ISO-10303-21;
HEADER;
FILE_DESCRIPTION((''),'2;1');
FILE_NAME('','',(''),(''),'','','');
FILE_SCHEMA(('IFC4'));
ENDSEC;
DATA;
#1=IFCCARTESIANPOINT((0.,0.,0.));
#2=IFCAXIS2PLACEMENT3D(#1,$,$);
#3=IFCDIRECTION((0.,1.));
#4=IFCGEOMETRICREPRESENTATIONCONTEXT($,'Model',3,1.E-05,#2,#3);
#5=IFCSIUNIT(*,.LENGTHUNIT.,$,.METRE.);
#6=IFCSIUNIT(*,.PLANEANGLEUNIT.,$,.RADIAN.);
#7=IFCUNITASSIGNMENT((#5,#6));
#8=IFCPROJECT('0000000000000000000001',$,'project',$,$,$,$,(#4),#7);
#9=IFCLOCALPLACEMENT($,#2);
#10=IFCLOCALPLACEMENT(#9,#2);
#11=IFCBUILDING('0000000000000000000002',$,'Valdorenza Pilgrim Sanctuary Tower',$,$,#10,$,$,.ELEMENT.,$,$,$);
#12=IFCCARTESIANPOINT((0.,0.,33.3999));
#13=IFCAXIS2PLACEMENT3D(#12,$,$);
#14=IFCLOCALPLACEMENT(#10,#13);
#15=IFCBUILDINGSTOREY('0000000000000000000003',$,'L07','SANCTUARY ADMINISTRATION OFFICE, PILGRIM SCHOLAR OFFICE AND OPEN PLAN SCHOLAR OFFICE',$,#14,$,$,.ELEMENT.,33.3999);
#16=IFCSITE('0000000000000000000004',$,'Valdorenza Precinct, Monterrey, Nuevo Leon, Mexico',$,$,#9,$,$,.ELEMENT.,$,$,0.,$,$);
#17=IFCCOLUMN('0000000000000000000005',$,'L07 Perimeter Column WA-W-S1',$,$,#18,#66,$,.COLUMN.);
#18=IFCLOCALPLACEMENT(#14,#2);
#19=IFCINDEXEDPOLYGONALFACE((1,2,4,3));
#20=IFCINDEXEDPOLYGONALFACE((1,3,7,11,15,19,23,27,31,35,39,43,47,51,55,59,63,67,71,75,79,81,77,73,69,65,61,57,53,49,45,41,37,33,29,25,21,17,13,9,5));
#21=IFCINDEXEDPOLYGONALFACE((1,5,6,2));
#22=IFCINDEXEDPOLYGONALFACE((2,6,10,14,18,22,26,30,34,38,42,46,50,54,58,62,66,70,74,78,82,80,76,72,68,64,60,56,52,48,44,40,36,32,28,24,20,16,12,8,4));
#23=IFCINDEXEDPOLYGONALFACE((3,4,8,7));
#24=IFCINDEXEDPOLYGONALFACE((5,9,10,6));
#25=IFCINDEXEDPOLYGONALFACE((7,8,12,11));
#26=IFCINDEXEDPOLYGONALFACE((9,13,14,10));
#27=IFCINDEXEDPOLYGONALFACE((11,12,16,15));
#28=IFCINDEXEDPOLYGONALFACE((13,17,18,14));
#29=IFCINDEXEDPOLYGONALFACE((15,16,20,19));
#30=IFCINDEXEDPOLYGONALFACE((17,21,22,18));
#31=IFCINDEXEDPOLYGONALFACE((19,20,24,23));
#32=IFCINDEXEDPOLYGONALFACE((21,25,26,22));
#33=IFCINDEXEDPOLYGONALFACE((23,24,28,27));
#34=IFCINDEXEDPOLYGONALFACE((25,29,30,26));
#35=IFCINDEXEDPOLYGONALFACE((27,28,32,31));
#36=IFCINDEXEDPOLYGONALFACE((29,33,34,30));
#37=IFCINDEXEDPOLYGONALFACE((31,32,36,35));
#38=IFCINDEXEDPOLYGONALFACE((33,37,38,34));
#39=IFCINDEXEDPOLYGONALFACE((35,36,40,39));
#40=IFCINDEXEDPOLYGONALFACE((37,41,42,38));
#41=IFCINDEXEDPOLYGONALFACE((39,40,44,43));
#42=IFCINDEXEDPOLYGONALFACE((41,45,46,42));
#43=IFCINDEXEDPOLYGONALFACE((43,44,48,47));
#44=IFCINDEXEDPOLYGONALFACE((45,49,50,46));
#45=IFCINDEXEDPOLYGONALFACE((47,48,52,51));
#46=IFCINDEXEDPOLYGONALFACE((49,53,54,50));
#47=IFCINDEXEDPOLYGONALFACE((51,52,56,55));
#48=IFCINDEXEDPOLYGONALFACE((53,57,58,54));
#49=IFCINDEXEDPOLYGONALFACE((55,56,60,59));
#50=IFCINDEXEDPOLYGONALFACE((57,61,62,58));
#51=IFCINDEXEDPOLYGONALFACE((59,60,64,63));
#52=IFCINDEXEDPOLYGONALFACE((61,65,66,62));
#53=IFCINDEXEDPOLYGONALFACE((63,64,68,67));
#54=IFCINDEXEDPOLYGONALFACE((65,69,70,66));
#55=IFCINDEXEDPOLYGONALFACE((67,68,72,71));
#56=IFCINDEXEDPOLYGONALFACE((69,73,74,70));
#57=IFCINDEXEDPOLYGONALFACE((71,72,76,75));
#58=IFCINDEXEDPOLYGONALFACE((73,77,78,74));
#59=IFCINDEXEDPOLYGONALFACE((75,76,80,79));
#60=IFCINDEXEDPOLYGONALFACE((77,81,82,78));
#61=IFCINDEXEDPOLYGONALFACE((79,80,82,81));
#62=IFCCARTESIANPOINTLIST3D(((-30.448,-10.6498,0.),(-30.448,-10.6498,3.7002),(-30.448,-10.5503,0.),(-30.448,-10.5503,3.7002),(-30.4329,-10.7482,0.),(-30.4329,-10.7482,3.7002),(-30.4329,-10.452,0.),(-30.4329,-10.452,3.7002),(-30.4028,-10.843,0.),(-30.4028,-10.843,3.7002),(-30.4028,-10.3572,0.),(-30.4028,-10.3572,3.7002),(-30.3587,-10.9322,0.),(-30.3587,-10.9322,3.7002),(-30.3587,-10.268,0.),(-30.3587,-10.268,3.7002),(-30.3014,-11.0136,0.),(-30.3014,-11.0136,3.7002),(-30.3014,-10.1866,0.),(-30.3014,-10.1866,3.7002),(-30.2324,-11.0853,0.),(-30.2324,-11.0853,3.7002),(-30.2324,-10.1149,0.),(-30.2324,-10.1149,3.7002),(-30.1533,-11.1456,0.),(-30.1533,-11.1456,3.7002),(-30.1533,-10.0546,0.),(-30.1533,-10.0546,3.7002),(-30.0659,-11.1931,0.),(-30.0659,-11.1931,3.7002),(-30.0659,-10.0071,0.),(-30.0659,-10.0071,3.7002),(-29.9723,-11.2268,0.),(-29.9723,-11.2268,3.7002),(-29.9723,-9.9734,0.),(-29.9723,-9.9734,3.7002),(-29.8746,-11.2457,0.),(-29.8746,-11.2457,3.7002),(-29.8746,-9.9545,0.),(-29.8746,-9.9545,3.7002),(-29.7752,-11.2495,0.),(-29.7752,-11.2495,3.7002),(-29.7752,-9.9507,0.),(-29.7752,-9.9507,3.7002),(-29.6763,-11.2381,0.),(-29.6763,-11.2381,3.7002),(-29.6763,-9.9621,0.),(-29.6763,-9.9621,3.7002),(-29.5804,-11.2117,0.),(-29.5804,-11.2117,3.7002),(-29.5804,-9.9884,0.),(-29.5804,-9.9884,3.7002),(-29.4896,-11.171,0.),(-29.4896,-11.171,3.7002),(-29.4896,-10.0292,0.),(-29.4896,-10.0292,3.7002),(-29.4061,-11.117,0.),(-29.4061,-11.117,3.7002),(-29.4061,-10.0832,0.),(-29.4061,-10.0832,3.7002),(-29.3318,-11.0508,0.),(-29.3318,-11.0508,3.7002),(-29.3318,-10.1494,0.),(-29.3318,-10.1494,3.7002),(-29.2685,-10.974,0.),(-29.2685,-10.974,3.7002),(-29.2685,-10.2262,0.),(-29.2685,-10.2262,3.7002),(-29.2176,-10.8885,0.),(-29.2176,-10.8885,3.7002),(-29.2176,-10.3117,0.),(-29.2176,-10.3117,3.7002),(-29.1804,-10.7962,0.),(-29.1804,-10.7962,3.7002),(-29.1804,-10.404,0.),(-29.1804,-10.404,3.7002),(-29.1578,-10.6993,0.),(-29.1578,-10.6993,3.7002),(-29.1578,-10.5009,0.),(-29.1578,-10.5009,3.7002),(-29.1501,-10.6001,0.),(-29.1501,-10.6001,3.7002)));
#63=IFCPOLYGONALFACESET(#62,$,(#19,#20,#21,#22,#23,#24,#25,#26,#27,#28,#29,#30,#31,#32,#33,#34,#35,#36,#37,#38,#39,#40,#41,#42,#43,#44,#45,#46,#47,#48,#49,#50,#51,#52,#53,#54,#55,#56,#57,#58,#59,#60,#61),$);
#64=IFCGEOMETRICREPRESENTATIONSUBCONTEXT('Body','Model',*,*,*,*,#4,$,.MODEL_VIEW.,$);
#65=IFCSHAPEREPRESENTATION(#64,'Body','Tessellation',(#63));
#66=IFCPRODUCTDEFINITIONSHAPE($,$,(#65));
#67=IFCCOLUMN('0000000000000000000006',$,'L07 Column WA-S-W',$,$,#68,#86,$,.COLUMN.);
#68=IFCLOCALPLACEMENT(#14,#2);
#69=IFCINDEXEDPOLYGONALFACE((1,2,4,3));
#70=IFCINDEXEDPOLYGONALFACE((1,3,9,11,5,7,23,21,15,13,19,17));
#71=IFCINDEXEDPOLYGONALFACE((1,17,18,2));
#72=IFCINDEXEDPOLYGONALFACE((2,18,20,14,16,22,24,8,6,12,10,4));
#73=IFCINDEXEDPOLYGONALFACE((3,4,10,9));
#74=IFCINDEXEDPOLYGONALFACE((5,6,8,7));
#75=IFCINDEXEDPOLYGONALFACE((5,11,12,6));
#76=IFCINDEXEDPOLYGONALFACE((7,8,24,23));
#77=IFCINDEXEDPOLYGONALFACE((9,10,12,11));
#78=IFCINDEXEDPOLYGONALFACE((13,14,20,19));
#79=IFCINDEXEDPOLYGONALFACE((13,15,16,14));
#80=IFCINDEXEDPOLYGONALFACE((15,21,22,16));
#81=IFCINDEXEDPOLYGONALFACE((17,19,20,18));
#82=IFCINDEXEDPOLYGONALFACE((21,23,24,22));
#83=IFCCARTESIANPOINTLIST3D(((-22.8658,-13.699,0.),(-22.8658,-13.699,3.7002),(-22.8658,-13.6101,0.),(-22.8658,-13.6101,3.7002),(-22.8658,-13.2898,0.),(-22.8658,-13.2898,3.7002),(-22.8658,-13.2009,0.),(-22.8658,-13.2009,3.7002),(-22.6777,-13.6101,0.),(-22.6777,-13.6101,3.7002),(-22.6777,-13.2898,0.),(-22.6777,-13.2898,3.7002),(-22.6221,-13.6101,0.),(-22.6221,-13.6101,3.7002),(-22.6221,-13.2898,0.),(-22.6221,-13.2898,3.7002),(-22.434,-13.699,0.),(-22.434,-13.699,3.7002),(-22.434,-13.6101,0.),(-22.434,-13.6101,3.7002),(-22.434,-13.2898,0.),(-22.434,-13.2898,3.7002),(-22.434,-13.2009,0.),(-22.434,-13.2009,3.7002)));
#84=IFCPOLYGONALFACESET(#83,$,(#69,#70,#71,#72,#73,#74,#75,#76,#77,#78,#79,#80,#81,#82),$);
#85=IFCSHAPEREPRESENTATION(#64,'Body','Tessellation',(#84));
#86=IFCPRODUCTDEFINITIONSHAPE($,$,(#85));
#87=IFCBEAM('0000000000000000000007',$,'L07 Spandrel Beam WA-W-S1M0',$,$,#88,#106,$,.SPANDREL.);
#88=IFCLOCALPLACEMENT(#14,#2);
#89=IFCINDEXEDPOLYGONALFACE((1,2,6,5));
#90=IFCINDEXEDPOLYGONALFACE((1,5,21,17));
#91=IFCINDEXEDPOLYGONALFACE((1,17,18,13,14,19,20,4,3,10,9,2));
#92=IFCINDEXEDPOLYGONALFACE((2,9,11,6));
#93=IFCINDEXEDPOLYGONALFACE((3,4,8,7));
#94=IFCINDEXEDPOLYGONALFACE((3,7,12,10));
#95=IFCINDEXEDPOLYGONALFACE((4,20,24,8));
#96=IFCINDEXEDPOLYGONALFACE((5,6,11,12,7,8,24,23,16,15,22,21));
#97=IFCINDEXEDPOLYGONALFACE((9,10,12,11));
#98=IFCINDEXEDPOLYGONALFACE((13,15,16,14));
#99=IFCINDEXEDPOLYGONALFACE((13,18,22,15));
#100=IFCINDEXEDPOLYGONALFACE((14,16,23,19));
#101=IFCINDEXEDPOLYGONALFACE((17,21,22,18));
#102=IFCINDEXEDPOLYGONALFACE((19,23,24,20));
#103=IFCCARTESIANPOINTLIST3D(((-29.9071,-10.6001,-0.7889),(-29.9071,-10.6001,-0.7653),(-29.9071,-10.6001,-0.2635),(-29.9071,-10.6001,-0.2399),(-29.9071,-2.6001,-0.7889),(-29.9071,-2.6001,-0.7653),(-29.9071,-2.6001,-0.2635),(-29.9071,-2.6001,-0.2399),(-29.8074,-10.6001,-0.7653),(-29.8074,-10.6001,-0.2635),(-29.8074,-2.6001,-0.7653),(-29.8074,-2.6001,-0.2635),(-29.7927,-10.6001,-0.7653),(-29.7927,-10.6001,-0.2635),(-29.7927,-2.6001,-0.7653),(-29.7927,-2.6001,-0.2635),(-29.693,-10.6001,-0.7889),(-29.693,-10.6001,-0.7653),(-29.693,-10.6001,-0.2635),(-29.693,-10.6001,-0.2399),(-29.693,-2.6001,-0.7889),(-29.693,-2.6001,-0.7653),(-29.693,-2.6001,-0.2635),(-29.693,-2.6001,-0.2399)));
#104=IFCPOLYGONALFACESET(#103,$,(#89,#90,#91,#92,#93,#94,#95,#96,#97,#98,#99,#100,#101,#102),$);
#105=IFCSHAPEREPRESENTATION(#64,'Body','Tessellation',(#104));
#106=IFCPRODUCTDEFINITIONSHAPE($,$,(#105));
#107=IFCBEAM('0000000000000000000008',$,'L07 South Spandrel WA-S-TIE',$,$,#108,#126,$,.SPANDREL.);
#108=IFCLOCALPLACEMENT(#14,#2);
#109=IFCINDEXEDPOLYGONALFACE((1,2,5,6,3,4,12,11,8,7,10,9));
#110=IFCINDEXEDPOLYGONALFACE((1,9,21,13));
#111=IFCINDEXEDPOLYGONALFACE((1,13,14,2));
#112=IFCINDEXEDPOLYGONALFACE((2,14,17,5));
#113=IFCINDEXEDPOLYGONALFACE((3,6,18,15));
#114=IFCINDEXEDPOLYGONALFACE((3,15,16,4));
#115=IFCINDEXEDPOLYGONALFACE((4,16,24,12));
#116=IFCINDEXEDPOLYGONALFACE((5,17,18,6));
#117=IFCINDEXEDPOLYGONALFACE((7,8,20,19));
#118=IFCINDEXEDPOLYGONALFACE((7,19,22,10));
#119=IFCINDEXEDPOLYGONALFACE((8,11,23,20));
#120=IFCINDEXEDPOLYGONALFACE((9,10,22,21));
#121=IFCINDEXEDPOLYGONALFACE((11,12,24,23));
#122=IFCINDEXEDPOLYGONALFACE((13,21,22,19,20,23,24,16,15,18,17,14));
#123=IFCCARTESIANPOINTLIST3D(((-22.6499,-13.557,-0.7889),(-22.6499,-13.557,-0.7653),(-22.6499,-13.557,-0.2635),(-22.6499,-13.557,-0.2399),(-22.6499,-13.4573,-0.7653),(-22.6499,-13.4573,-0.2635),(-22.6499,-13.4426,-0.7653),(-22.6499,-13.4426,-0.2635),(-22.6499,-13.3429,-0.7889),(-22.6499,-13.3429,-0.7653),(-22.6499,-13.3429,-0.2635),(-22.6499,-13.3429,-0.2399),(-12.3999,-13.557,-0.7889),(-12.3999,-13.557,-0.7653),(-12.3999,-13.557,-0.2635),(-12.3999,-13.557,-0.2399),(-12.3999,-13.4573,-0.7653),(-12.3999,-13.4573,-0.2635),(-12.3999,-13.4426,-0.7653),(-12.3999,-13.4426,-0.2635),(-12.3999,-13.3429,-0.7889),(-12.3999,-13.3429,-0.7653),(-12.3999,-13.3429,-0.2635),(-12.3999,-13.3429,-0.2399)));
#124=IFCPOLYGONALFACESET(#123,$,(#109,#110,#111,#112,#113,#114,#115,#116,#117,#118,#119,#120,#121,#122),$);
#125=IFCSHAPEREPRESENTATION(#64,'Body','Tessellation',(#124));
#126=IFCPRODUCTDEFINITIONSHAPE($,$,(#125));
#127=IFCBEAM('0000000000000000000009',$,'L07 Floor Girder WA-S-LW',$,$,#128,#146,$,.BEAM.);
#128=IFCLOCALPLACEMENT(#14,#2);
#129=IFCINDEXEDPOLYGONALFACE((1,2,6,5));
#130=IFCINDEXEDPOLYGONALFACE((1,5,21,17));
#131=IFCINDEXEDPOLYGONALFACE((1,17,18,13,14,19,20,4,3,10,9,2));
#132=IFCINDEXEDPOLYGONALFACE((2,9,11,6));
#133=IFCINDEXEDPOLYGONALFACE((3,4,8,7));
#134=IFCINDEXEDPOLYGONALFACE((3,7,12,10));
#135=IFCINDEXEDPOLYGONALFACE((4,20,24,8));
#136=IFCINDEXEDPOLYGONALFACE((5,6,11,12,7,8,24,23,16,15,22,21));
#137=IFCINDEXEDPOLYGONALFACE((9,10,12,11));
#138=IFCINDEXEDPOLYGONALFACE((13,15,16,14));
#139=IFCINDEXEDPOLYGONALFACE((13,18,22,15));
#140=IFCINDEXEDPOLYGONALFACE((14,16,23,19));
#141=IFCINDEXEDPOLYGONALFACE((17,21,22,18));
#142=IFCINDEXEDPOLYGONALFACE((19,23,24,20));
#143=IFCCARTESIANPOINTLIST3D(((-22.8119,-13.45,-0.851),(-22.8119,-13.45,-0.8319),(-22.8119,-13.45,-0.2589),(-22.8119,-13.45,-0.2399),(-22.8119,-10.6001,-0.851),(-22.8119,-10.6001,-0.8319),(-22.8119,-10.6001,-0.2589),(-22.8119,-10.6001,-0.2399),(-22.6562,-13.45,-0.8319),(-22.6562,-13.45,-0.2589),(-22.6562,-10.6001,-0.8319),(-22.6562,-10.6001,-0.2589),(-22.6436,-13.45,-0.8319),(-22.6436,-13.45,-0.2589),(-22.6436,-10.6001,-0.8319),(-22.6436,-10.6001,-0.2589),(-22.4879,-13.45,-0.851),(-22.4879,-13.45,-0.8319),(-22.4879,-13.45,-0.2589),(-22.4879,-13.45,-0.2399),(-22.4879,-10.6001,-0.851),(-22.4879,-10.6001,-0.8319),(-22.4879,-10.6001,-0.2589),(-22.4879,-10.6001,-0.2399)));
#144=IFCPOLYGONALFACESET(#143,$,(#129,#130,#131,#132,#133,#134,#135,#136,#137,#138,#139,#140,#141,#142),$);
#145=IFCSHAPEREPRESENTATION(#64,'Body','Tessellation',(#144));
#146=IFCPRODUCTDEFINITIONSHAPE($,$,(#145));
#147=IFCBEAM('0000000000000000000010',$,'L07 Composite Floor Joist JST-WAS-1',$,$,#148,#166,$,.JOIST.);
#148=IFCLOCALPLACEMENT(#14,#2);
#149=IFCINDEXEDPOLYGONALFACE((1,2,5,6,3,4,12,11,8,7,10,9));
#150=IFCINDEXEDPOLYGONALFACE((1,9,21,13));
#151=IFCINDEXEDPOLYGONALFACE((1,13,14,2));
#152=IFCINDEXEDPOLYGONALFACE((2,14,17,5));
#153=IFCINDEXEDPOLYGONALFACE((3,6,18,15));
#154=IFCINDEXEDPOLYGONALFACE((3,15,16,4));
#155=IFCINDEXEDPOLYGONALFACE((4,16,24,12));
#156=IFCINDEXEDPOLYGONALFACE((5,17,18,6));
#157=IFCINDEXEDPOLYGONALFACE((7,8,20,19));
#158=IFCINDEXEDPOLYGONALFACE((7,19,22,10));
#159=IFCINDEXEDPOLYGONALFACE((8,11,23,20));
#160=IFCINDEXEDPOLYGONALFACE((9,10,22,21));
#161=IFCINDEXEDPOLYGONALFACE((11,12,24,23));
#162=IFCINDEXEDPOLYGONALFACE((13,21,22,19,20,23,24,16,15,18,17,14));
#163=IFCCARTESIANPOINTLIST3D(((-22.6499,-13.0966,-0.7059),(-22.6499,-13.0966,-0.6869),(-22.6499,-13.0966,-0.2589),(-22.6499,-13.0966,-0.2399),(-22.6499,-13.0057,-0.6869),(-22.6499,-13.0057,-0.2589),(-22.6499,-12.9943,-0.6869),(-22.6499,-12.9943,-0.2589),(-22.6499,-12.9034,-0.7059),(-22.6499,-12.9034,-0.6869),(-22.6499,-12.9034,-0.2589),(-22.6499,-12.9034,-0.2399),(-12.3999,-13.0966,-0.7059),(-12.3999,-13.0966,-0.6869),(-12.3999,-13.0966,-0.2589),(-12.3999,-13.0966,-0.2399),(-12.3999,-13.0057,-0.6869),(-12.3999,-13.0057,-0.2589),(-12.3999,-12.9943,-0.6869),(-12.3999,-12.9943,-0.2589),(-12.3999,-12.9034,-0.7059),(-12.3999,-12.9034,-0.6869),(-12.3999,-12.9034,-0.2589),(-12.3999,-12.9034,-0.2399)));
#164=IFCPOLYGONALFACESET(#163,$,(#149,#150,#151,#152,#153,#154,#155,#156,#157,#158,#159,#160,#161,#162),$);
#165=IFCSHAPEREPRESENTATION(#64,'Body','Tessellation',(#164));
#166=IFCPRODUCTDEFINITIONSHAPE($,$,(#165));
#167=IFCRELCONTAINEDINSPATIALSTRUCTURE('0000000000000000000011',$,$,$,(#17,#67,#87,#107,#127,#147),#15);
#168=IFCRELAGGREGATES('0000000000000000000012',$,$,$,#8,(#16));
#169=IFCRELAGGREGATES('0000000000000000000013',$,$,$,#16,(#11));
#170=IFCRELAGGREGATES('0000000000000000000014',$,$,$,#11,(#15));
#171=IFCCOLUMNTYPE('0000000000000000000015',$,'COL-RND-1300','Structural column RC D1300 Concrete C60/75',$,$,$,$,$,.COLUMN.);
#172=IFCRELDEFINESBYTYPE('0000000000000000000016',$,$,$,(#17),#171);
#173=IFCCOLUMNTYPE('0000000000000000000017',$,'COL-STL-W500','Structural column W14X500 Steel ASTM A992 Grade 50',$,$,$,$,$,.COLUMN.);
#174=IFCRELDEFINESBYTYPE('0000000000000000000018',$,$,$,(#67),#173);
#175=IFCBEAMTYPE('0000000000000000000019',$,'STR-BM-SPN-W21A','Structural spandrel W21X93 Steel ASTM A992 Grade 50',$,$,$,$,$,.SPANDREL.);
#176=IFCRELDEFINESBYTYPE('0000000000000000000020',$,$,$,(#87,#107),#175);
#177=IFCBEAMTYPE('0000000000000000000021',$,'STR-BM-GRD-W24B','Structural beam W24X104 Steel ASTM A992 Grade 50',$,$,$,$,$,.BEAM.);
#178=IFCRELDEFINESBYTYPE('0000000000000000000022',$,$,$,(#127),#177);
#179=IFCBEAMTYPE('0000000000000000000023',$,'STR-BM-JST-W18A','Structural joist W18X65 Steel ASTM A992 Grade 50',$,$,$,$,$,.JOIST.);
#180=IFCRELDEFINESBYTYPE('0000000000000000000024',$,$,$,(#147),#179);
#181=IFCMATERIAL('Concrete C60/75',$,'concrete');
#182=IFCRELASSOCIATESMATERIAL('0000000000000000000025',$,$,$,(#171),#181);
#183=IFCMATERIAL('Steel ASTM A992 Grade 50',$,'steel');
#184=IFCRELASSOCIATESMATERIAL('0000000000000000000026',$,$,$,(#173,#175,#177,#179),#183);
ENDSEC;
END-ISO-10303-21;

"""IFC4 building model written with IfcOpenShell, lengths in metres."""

from ifc_helpers import new_model, si_unit, direction, frame, origin, origin_2d, place, context, subcontext, project, spatial, circle, i_section, extrude, source, transform, mapped, material, material_profile, profile_set, type_object, element, save


model = new_model("IFC4")

# Units and contexts
model_context = context("Model", 3, precision=1e-05, world=origin(), true_north=direction((0.0, 1.0)))
body_context = subcontext(model_context, "Body", "Model", "MODEL_VIEW")
ifc_project = project(units=[si_unit("LENGTHUNIT", "METRE"), si_unit("PLANEANGLEUNIT", "RADIAN")], contexts=[model_context])

# Site, building, storey
site_placement = place(None, origin())
site = spatial("IfcSite", under=ifc_project, at=site_placement, Name="Valdorenza Precinct, Monterrey, Nuevo Leon, Mexico", CompositionType="ELEMENT", RefElevation=0.0)
building_placement = place(site_placement, origin())
building = spatial("IfcBuilding", under=site, at=building_placement, Name="Valdorenza Pilgrim Sanctuary Tower", CompositionType="ELEMENT")
storey_placement = place(building_placement, frame((0.0, 0.0, 33.3999)))
storey = spatial("IfcBuildingStorey", under=building, at=storey_placement, Name="L07", Description="SANCTUARY ADMINISTRATION OFFICE, PILGRIM SCHOLAR OFFICE AND OPEN PLAN SCHOLAR OFFICE", CompositionType="ELEMENT", Elevation=33.3999)

# Columns
ifc_material_1 = material(Name="Concrete C60/75", Category="concrete")
ifc_material_profile_1 = material_profile(ifc_material_1, circle(Radius=0.6499, at=origin_2d()), Name="RC D1300")
ifc_profile_set_1 = profile_set([ifc_material_profile_1], Name="Concrete C60/75")
column_type_1 = type_object("IfcColumnType", Name="COL-RND-1300", Description="Structural column RC D1300 Concrete C60/75", PredefinedType="COLUMN", material=ifc_profile_set_1)
shared_shape_1 = source(origin(), body_context, "Body", "SweptSolid", [
    extrude(circle(Radius=0.6499, at=origin_2d()), origin(), (0.0, 0.0, 1.0), 3.7002),
])
column_1_placement = place(storey_placement, frame((-29.8, -10.6001, 0.0), z_axis=(0.0, 0.0, 1.0), x_axis=(1.0, 0.0, 0.0)))
element("IfcColumn", 1, at=column_1_placement, inside=storey, type_object=column_type_1, Name="L07 Perimeter Column WA-W-S1", PredefinedType="COLUMN", context=body_context, shape_type="MappedRepresentation", body=[
    mapped(shared_shape_1, transform((0.0, 0.0, 0.0), x_axis=(1.0, 0.0, 0.0), y_axis=(0.0, 1.0, 0.0), z_axis=(0.0, 0.0, 1.0), scale=1.0)),
])
ifc_material_2 = material(Name="Steel ASTM A992 Grade 50", Category="steel")
ifc_material_profile_2 = material_profile(ifc_material_2, i_section(OverallWidth=0.4319, OverallDepth=0.498, WebThickness=0.0557, FlangeThickness=0.0889, at=origin_2d()), Name="W14X500")
ifc_profile_set_2 = profile_set([ifc_material_profile_2], Name="Steel ASTM A992 Grade 50")
column_type_2 = type_object("IfcColumnType", Name="COL-STL-W500", Description="Structural column W14X500 Steel ASTM A992 Grade 50", PredefinedType="COLUMN", material=ifc_profile_set_2)
shared_shape_2 = source(origin(), body_context, "Body", "SweptSolid", [
    extrude(i_section(OverallWidth=0.4319, OverallDepth=0.498, WebThickness=0.0557, FlangeThickness=0.0889, at=origin_2d()), origin(), (0.0, 0.0, 1.0), 3.7002),
])
column_2_placement = place(storey_placement, frame((-22.6499, -13.45, 0.0), z_axis=(0.0, 0.0, 1.0), x_axis=(1.0, 0.0, 0.0)))
element("IfcColumn", 2, at=column_2_placement, inside=storey, type_object=column_type_2, Name="L07 Column WA-S-W", PredefinedType="COLUMN", context=body_context, shape_type="MappedRepresentation", body=[
    mapped(shared_shape_2, transform((0.0, 0.0, 0.0), x_axis=(1.0, 0.0, 0.0), y_axis=(0.0, 1.0, 0.0), z_axis=(0.0, 0.0, 1.0), scale=1.0)),
])

# Beams
ifc_material_profile_3 = material_profile(ifc_material_2, i_section(OverallWidth=0.2141, OverallDepth=0.5491, WebThickness=0.0146, FlangeThickness=0.0237, at=origin_2d()), Name="W21X93")
ifc_profile_set_3 = profile_set([ifc_material_profile_3], Name="Steel ASTM A992 Grade 50")
beam_type_1 = type_object("IfcBeamType", Name="STR-BM-SPN-W21A", Description="Structural spandrel W21X93 Steel ASTM A992 Grade 50", PredefinedType="SPANDREL", material=ifc_profile_set_3)
shared_shape_3 = source(origin(), body_context, "Body", "SweptSolid", [
    extrude(i_section(OverallWidth=0.2141, OverallDepth=0.5491, WebThickness=0.0146, FlangeThickness=0.0237, at=origin_2d()), origin(), (0.0, 0.0, 1.0), 8.0),
])
beam_1_placement = place(storey_placement, frame((-29.8, -10.6001, -0.5144), z_axis=(0.0, 1.0, 0.0), x_axis=(-1.0, 0.0, 0.0)))
element("IfcBeam", 3, at=beam_1_placement, inside=storey, type_object=beam_type_1, Name="L07 Spandrel Beam WA-W-S1M0", PredefinedType="SPANDREL", context=body_context, shape_type="MappedRepresentation", body=[
    mapped(shared_shape_3, transform((0.0, 0.0, 0.0), x_axis=(1.0, 0.0, 0.0), y_axis=(0.0, 1.0, 0.0), z_axis=(0.0, 0.0, 1.0), scale=1.0)),
])
shared_shape_4 = source(origin(), body_context, "Body", "SweptSolid", [
    extrude(i_section(OverallWidth=0.2141, OverallDepth=0.5491, WebThickness=0.0146, FlangeThickness=0.0237, at=origin_2d()), origin(), (0.0, 0.0, 1.0), 10.25),
])
beam_2_placement = place(storey_placement, frame((-22.6499, -13.45, -0.5144), z_axis=(1.0, 0.0, 0.0), x_axis=(0.0, 1.0, 0.0)))
element("IfcBeam", 4, at=beam_2_placement, inside=storey, type_object=beam_type_1, Name="L07 South Spandrel WA-S-TIE", PredefinedType="SPANDREL", context=body_context, shape_type="MappedRepresentation", body=[
    mapped(shared_shape_4, transform((0.0, 0.0, 0.0), x_axis=(1.0, 0.0, 0.0), y_axis=(0.0, 1.0, 0.0), z_axis=(0.0, 0.0, 1.0), scale=1.0)),
])
ifc_material_profile_4 = material_profile(ifc_material_2, i_section(OverallWidth=0.324, OverallDepth=0.6111, WebThickness=0.0127, FlangeThickness=0.019, at=origin_2d()), Name="W24X104")
ifc_profile_set_4 = profile_set([ifc_material_profile_4], Name="Steel ASTM A992 Grade 50")
beam_type_2 = type_object("IfcBeamType", Name="STR-BM-GRD-W24B", Description="Structural beam W24X104 Steel ASTM A992 Grade 50", PredefinedType="BEAM", material=ifc_profile_set_4)
shared_shape_5 = source(origin(), body_context, "Body", "SweptSolid", [
    extrude(i_section(OverallWidth=0.324, OverallDepth=0.6111, WebThickness=0.0127, FlangeThickness=0.019, at=origin_2d()), origin(), (0.0, 0.0, 1.0), 2.8499),
])
beam_3_placement = place(storey_placement, frame((-22.6499, -13.45, -0.5454), z_axis=(0.0, 1.0, 0.0), x_axis=(-1.0, 0.0, 0.0)))
element("IfcBeam", 5, at=beam_3_placement, inside=storey, type_object=beam_type_2, Name="L07 Floor Girder WA-S-LW", PredefinedType="BEAM", context=body_context, shape_type="MappedRepresentation", body=[
    mapped(shared_shape_5, transform((0.0, 0.0, 0.0), x_axis=(1.0, 0.0, 0.0), y_axis=(0.0, 1.0, 0.0), z_axis=(0.0, 0.0, 1.0), scale=1.0)),
])
ifc_material_profile_5 = material_profile(ifc_material_2, i_section(OverallWidth=0.1931, OverallDepth=0.4661, WebThickness=0.0115, FlangeThickness=0.019, at=origin_2d()), Name="W18X65")
ifc_profile_set_5 = profile_set([ifc_material_profile_5], Name="Steel ASTM A992 Grade 50")
beam_type_3 = type_object("IfcBeamType", Name="STR-BM-JST-W18A", Description="Structural joist W18X65 Steel ASTM A992 Grade 50", PredefinedType="JOIST", material=ifc_profile_set_5)
shared_shape_6 = source(origin(), body_context, "Body", "SweptSolid", [
    extrude(i_section(OverallWidth=0.1931, OverallDepth=0.4661, WebThickness=0.0115, FlangeThickness=0.019, at=origin_2d()), origin(), (0.0, 0.0, 1.0), 10.25),
])
beam_4_placement = place(storey_placement, frame((-22.6499, -13.0, -0.4729), z_axis=(1.0, 0.0, 0.0), x_axis=(0.0, 1.0, 0.0)))
element("IfcBeam", 6, at=beam_4_placement, inside=storey, type_object=beam_type_3, Name="L07 Composite Floor Joist JST-WAS-1", PredefinedType="JOIST", context=body_context, shape_type="MappedRepresentation", body=[
    mapped(shared_shape_6, transform((0.0, 0.0, 0.0), x_axis=(1.0, 0.0, 0.0), y_axis=(0.0, 1.0, 0.0), z_axis=(0.0, 0.0, 1.0), scale=1.0)),
])

save(model, "model.ifc")
